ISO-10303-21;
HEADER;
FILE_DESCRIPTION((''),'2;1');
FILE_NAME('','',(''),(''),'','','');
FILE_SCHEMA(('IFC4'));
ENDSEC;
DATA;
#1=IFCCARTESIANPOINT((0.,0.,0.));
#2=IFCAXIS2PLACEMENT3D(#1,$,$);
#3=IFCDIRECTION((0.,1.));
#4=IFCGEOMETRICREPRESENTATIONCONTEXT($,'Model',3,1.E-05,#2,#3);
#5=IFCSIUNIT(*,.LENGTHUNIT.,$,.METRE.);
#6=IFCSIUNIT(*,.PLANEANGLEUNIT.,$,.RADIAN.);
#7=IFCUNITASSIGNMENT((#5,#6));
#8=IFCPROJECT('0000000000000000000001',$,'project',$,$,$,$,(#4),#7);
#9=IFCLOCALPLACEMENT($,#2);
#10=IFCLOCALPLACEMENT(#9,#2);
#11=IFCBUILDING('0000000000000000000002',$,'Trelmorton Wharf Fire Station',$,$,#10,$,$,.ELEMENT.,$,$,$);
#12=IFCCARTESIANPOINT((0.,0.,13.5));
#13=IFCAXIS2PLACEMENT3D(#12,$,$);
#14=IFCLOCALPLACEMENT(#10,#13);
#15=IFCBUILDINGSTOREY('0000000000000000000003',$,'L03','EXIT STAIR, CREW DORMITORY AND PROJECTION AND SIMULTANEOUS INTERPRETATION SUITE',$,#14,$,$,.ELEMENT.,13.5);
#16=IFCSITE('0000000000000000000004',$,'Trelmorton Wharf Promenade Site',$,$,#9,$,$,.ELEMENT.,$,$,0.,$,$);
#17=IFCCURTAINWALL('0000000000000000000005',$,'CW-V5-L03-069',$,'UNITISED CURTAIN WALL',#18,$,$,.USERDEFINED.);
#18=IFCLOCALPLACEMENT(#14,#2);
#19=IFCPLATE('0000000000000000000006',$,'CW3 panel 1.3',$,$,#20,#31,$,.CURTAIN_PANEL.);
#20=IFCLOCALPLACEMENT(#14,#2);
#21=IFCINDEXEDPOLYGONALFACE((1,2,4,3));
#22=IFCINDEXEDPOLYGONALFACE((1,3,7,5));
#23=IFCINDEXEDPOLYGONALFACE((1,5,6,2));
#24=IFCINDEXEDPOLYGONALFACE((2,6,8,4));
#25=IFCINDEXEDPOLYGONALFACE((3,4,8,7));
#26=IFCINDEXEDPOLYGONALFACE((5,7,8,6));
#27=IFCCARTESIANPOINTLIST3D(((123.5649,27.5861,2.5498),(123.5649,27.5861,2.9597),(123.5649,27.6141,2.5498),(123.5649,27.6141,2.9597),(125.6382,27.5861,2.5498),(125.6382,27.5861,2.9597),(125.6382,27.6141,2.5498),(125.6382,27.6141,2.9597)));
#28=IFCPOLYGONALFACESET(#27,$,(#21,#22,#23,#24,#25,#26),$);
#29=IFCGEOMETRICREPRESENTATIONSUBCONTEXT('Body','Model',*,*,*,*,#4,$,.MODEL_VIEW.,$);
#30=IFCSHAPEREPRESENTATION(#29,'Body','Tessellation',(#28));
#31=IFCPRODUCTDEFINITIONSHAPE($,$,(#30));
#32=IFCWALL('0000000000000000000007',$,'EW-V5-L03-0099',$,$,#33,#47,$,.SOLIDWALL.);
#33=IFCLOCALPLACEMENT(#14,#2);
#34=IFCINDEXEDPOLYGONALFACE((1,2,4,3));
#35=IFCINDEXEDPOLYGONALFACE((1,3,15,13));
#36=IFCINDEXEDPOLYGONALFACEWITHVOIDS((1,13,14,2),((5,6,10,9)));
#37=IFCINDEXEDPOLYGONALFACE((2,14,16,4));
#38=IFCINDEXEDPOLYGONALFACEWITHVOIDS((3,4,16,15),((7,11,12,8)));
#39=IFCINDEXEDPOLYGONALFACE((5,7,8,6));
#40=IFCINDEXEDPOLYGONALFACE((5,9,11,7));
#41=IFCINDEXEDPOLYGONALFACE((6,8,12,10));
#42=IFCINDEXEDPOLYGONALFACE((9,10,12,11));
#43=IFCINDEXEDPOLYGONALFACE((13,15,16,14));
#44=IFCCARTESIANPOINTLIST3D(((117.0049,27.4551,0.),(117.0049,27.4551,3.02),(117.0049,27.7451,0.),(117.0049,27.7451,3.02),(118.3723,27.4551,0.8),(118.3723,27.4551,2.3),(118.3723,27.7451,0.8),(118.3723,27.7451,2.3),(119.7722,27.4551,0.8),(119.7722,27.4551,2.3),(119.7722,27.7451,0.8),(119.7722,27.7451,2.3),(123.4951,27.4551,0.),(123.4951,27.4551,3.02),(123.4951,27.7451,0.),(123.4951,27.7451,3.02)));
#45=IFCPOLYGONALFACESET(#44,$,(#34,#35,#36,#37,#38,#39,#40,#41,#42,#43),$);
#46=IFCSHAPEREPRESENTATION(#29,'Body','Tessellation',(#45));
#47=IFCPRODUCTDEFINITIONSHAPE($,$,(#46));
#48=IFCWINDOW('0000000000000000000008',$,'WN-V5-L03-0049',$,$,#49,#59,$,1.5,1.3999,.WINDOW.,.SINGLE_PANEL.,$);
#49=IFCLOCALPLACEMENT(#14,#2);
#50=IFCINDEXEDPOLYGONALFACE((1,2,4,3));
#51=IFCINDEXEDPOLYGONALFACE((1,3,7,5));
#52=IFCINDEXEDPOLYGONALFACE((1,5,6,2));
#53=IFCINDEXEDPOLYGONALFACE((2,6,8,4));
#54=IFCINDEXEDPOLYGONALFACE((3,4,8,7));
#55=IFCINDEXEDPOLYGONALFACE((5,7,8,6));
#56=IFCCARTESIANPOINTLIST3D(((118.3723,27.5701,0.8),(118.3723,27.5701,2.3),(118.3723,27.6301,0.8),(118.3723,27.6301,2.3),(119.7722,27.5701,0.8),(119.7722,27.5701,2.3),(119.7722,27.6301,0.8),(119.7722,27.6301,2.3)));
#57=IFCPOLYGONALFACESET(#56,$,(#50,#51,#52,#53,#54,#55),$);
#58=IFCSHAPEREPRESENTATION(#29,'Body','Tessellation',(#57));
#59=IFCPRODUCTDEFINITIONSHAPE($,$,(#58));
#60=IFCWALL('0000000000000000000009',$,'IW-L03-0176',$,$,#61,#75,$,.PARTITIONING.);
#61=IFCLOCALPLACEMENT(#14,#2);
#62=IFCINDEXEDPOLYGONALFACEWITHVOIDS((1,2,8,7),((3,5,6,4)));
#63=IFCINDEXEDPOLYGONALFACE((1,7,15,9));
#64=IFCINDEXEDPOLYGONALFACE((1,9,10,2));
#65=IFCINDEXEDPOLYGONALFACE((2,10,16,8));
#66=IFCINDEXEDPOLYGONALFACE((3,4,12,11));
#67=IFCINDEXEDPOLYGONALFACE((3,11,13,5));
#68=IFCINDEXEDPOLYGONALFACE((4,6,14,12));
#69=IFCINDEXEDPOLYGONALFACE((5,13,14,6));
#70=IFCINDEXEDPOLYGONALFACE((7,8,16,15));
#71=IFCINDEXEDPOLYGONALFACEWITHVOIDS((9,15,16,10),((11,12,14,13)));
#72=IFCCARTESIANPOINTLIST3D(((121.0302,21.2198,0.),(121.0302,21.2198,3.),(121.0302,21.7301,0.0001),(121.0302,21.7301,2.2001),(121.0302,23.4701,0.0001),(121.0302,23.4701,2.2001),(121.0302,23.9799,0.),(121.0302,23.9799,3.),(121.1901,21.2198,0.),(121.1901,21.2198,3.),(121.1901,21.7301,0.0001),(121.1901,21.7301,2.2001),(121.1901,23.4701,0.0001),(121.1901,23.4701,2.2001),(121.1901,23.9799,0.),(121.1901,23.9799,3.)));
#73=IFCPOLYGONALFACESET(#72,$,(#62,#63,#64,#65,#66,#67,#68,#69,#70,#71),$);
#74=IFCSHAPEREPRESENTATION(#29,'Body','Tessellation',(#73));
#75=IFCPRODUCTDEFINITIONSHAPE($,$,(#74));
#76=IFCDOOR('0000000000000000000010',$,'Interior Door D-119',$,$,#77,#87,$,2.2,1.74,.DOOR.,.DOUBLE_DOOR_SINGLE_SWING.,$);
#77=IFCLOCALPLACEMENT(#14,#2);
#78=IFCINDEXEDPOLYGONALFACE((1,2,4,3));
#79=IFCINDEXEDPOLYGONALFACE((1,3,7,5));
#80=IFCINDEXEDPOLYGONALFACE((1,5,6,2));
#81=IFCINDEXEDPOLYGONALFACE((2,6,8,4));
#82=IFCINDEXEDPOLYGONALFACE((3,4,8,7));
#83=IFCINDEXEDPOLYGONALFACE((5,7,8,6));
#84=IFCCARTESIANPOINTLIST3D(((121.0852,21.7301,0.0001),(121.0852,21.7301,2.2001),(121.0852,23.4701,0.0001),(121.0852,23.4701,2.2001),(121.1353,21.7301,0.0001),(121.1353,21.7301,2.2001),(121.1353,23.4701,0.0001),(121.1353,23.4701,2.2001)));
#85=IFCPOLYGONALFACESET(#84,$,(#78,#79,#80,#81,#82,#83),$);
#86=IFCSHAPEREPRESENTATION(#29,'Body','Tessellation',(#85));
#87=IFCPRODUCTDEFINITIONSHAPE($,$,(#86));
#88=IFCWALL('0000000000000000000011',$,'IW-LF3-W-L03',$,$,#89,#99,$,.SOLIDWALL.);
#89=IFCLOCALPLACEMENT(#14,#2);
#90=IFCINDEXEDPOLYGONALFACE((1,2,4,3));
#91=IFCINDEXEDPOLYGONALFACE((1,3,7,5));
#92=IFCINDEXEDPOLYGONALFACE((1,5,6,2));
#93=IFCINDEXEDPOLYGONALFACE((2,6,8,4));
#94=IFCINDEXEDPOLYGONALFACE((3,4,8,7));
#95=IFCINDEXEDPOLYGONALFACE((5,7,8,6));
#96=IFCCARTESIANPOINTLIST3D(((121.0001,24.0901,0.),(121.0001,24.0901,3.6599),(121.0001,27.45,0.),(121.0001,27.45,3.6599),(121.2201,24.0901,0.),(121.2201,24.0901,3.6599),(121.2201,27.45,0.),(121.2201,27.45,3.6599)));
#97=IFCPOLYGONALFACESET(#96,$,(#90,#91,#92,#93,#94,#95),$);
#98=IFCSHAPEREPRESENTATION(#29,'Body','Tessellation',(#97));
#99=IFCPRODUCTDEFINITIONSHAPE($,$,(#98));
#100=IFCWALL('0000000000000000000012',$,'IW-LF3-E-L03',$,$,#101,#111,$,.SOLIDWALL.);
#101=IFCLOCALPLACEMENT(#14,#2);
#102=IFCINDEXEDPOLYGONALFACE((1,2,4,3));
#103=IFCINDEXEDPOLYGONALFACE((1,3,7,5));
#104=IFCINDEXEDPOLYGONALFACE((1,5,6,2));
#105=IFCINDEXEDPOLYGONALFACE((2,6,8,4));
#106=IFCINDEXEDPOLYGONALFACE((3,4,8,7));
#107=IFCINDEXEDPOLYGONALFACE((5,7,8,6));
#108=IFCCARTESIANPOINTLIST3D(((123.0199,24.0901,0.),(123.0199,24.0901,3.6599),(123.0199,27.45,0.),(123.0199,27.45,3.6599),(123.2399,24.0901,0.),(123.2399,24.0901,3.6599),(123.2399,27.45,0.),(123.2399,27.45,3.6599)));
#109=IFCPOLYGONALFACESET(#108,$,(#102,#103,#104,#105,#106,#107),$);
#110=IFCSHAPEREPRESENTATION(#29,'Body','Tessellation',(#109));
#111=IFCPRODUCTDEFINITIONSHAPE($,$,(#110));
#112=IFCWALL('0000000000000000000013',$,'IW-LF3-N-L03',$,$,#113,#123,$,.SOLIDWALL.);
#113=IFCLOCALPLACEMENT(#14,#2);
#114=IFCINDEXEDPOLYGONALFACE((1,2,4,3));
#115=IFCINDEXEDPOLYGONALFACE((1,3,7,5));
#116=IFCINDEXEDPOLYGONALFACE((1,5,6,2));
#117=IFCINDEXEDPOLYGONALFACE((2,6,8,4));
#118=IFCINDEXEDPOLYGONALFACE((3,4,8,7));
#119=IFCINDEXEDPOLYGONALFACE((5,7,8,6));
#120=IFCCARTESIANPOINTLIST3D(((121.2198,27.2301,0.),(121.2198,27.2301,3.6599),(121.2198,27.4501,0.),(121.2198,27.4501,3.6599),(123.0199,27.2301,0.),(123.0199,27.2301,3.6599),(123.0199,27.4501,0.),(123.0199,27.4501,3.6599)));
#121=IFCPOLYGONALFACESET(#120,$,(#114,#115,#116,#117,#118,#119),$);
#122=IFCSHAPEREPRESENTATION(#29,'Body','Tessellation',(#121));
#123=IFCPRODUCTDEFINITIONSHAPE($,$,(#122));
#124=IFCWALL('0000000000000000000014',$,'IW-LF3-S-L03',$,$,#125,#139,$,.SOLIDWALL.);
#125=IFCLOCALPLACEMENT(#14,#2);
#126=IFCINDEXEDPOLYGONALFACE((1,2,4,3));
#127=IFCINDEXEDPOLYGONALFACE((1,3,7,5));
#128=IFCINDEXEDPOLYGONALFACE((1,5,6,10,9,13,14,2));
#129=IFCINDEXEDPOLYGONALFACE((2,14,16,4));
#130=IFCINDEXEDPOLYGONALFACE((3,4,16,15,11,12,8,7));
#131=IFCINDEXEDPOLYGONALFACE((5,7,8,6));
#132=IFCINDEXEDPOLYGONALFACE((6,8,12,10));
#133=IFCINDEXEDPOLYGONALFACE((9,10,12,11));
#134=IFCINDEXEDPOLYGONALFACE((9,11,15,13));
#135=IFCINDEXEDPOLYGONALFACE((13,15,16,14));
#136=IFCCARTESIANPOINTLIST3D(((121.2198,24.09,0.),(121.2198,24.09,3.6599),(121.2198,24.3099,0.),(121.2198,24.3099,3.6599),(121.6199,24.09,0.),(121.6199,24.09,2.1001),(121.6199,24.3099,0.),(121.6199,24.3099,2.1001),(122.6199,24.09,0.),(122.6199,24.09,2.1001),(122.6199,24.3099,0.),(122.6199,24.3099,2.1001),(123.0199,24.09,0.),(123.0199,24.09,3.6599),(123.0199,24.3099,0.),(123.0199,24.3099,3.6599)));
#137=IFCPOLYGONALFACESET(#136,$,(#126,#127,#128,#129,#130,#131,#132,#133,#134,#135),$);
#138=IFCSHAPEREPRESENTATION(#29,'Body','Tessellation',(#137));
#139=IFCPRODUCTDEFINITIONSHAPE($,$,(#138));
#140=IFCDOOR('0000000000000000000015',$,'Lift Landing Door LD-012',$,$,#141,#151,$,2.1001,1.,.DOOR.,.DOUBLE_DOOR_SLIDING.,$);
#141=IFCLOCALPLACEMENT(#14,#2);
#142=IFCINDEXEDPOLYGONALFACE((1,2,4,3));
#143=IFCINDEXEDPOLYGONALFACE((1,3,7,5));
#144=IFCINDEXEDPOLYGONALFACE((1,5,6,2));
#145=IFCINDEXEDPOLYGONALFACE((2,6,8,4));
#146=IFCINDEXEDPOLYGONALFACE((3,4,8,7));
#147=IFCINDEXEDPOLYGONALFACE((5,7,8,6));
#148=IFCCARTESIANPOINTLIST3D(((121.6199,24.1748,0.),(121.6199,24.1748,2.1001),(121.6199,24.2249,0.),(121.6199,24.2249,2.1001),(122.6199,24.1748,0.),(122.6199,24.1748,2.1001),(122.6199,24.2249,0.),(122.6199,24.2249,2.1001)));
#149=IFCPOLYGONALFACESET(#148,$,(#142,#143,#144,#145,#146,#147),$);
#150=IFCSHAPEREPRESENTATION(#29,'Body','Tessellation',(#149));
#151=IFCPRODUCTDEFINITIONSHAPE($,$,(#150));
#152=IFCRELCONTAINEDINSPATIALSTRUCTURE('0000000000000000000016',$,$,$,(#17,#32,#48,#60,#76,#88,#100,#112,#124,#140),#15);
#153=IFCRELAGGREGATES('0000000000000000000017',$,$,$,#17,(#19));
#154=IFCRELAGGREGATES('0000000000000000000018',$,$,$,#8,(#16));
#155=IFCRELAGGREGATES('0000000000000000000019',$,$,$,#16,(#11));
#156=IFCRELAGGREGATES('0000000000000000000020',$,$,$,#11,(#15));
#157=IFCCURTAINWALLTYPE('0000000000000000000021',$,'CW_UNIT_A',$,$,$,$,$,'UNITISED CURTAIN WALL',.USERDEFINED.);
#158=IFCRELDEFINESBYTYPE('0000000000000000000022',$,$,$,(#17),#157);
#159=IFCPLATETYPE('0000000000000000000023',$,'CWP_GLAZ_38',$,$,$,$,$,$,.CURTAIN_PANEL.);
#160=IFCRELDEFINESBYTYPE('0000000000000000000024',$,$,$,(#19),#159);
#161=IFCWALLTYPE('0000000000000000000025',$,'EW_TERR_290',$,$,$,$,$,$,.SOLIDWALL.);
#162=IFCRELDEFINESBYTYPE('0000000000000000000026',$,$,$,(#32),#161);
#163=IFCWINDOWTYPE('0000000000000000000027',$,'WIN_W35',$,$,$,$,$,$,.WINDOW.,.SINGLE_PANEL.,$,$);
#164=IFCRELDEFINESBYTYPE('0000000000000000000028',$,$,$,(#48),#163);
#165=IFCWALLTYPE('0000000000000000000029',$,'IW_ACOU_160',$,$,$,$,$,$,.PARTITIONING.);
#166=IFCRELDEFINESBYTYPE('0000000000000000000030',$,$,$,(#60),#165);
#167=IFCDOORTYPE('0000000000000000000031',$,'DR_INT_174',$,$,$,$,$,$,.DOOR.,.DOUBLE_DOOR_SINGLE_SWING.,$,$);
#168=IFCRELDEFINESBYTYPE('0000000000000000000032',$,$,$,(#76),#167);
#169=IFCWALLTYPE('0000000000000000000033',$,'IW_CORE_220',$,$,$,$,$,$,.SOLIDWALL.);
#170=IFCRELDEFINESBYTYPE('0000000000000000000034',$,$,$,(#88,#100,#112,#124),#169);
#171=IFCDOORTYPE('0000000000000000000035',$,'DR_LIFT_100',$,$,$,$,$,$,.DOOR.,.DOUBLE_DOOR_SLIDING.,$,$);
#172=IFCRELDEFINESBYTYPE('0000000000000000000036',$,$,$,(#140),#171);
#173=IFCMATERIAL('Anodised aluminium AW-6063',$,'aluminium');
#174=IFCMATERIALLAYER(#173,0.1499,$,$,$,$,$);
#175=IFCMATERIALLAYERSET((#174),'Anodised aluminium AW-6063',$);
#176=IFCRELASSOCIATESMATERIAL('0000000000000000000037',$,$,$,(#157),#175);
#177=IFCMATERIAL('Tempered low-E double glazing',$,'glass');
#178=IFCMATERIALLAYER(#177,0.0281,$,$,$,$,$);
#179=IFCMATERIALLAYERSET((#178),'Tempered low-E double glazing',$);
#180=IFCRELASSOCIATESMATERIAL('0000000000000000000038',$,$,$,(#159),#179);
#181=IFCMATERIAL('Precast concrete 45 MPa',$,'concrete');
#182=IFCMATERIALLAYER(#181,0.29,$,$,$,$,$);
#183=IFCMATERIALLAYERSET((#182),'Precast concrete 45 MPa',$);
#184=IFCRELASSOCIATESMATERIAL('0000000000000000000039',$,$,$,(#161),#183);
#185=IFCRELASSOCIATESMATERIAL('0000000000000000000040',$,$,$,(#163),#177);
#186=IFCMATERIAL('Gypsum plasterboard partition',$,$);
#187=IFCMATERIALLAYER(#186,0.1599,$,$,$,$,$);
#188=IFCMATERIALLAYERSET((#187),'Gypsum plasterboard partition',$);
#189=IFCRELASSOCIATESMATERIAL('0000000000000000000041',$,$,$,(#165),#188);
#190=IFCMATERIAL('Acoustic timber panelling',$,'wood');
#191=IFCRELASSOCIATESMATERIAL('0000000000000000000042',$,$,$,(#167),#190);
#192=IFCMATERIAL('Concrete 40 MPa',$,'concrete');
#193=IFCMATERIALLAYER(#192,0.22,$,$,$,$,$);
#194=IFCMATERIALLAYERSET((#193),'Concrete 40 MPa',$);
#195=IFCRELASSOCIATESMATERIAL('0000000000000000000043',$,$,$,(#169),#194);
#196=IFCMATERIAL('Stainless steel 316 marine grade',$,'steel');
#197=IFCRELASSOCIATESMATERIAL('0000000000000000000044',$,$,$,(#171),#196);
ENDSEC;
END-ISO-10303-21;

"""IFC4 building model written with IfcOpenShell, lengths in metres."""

from ifc_helpers import new_model, si_unit, direction, frame, frame_2d, origin, origin_2d, place, context, subcontext, project, spatial, rectangle, extrude, material, layer, layer_set, type_object, element, fill, aggregate, save


model = new_model("IFC4")

# Units and contexts
model_context = context("Model", 3, precision=1e-05, world=origin(), true_north=direction((0.0, 1.0)))
body_context = subcontext(model_context, "Body", "Model", "MODEL_VIEW")
ifc_project = project(units=[si_unit("LENGTHUNIT", "METRE"), si_unit("PLANEANGLEUNIT", "RADIAN")], contexts=[model_context])

# Site, building, storey
site_placement = place(None, origin())
site = spatial("IfcSite", under=ifc_project, at=site_placement, Name="Trelmorton Wharf Promenade Site", CompositionType="ELEMENT", RefElevation=0.0)
building_placement = place(site_placement, origin())
building = spatial("IfcBuilding", under=site, at=building_placement, Name="Trelmorton Wharf Fire Station", CompositionType="ELEMENT")
storey_placement = place(building_placement, frame((0.0, 0.0, 13.5)))
storey = spatial("IfcBuildingStorey", under=building, at=storey_placement, Name="L03", Description="EXIT STAIR, CREW DORMITORY AND PROJECTION AND SIMULTANEOUS INTERPRETATION SUITE", CompositionType="ELEMENT", Elevation=13.5)

# Curtain wall
ifc_material_1 = material(Name="Anodised aluminium AW-6063", Category="aluminium")
ifc_layer_1 = layer(ifc_material_1, 0.1499)
ifc_layer_set_1 = layer_set([ifc_layer_1], Name="Anodised aluminium AW-6063")
curtain_wall_type = type_object("IfcCurtainWallType", Name="CW_UNIT_A", ElementType="UNITISED CURTAIN WALL", PredefinedType="USERDEFINED", material=ifc_layer_set_1)
curtain_wall_placement = place(storey_placement, origin())
curtain_wall = element("IfcCurtainWall", 1, at=curtain_wall_placement, inside=storey, type_object=curtain_wall_type, Name="CW-V5-L03-069", ObjectType="UNITISED CURTAIN WALL", PredefinedType="USERDEFINED")

# Plate
ifc_material_2 = material(Name="Tempered low-E double glazing", Category="glass")
ifc_layer_2 = layer(ifc_material_2, 0.0281)
ifc_layer_set_2 = layer_set([ifc_layer_2], Name="Tempered low-E double glazing")
plate_type = type_object("IfcPlateType", Name="CWP_GLAZ_38", PredefinedType="CURTAIN_PANEL", material=ifc_layer_set_2)
plate_1_placement = place(storey_placement, frame((124.6016, 27.6001, 2.5498), z_axis=(0.0, 0.0, 1.0), x_axis=(1.0, 0.0, 0.0)))
plate_1 = element("IfcPlate", 2, at=plate_1_placement, type_object=plate_type, Name="CW3 panel 1.3", PredefinedType="CURTAIN_PANEL", context=body_context, shape_type="SweptSolid", body=[
    extrude(rectangle(XDim=2.0732, YDim=0.0281, at=origin_2d()), origin(), (0.0, 0.0, 1.0), 0.4099),
])
aggregate(curtain_wall, [plate_1])

# Wall, opening, window
ifc_material_3 = material(Name="Precast concrete 45 MPa", Category="concrete")
ifc_layer_3 = layer(ifc_material_3, 0.29)
ifc_layer_set_3 = layer_set([ifc_layer_3], Name="Precast concrete 45 MPa")
wall_type_1 = type_object("IfcWallType", Name="EW_TERR_290", PredefinedType="SOLIDWALL", material=ifc_layer_set_3)
wall_1_placement = place(storey_placement, frame((117.0049, 27.6001, 0.0), z_axis=(0.0, 0.0, 1.0), x_axis=(1.0, 0.0, 0.0)))
wall_1 = element("IfcWall", 3, at=wall_1_placement, inside=storey, type_object=wall_type_1, Name="EW-V5-L03-0099", PredefinedType="SOLIDWALL", context=body_context, shape_type="SweptSolid", body=[
    extrude(rectangle(XDim=6.4902, YDim=0.29, at=frame_2d((3.2451, 0.0))), origin(), (0.0, 0.0, 1.0), 3.02),
])
opening_1_placement = place(wall_1_placement, frame((1.3674, 0.0, 0.8)))
opening_1 = element("IfcOpeningElement", 4, at=opening_1_placement, cuts=wall_1, PredefinedType="OPENING", context=body_context, shape_type="SweptSolid", body=[
    extrude(rectangle(XDim=1.3999, YDim=1.5, at=frame_2d((0.7, 0.75))), frame((0.0, 0.155, 0.0), z_axis=(0.0, -1.0, 0.0), x_axis=(1.0, 0.0, 0.0)), (0.0, 0.0, 1.0), 0.3101),
])
window_type = type_object("IfcWindowType", Name="WIN_W35", PartitioningType="SINGLE_PANEL", PredefinedType="WINDOW", material=ifc_material_2)
window_placement = place(opening_1_placement, origin())
window = element("IfcWindow", 5, at=window_placement, inside=storey, type_object=window_type, Name="WN-V5-L03-0049", OverallHeight=1.5, OverallWidth=1.3999, PartitioningType="SINGLE_PANEL", PredefinedType="WINDOW", context=body_context, shape_type="SweptSolid", body=[
    extrude(rectangle(XDim=1.3999, YDim=1.5, at=frame_2d((0.7, 0.75))), frame((0.0, 0.03, 0.0), z_axis=(0.0, -1.0, 0.0), x_axis=(1.0, 0.0, 0.0)), (0.0, 0.0, 1.0), 0.0601),
])
fill(opening_1, window)

# Wall, opening, door
ifc_material_4 = material(Name="Gypsum plasterboard partition")
ifc_layer_4 = layer(ifc_material_4, 0.1599)
ifc_layer_set_4 = layer_set([ifc_layer_4], Name="Gypsum plasterboard partition")
wall_type_2 = type_object("IfcWallType", Name="IW_ACOU_160", PredefinedType="PARTITIONING", material=ifc_layer_set_4)
wall_2_placement = place(storey_placement, frame((121.1101, 21.22, 0.0), z_axis=(0.0, 0.0, 1.0), x_axis=(0.0, 1.0, 0.0)))
wall_2 = element("IfcWall", 6, at=wall_2_placement, inside=storey, type_object=wall_type_2, Name="IW-L03-0176", PredefinedType="PARTITIONING", context=body_context, shape_type="SweptSolid", body=[
    extrude(rectangle(XDim=2.76, YDim=0.1599, at=frame_2d((1.3799, 0.0))), origin(), (0.0, 0.0, 1.0), 3.0),
])
opening_2_placement = place(wall_2_placement, frame((0.51, 0.0, 0.0)))
opening_2 = element("IfcOpeningElement", 7, at=opening_2_placement, cuts=wall_2, PredefinedType="OPENING", context=body_context, shape_type="SweptSolid", body=[
    extrude(rectangle(XDim=1.74, YDim=2.2, at=frame_2d((0.8701, 1.1001))), frame((0.0, 0.0898, 0.0), z_axis=(0.0, -1.0, 0.0), x_axis=(1.0, 0.0, 0.0)), (0.0, 0.0, 1.0), 0.1799),
])
ifc_material_5 = material(Name="Acoustic timber panelling", Category="wood")
door_type_1 = type_object("IfcDoorType", Name="DR_INT_174", OperationType="DOUBLE_DOOR_SINGLE_SWING", PredefinedType="DOOR", material=ifc_material_5)
door_1_placement = place(opening_2_placement, origin())
door_1 = element("IfcDoor", 8, at=door_1_placement, inside=storey, type_object=door_type_1, Name="Interior Door D-119", OperationType="DOUBLE_DOOR_SINGLE_SWING", OverallHeight=2.2, OverallWidth=1.74, PredefinedType="DOOR", context=body_context, shape_type="SweptSolid", body=[
    extrude(rectangle(XDim=1.74, YDim=2.2, at=frame_2d((0.8701, 1.1001))), frame((0.0, 0.0249, 0.0), z_axis=(0.0, -1.0, 0.0), x_axis=(1.0, 0.0, 0.0)), (0.0, 0.0, 1.0), 0.05),
])
fill(opening_2, door_1)

# Walls
ifc_material_6 = material(Name="Concrete 40 MPa", Category="concrete")
ifc_layer_5 = layer(ifc_material_6, 0.22)
ifc_layer_set_5 = layer_set([ifc_layer_5], Name="Concrete 40 MPa")
wall_type_3 = type_object("IfcWallType", Name="IW_CORE_220", PredefinedType="SOLIDWALL", material=ifc_layer_set_5)
for number, where, z_axis, x_axis, name in (
    (9, (121.1101, 24.0901, 0.0), (0.0, 0.0, 1.0), (0.0, 1.0, 0.0), "IW-LF3-W-L03"),
    (10, (123.1299, 24.0901, 0.0), (0.0, 0.0, 1.0), (0.0, 1.0, 0.0), "IW-LF3-E-L03"),
):
    element("IfcWall", number, at=place(storey_placement, frame(where, z_axis=z_axis, x_axis=x_axis)), inside=storey, type_object=wall_type_3, Name=name, PredefinedType="SOLIDWALL", context=body_context, shape_type="SweptSolid", body=[
        extrude(rectangle(XDim=3.3599, YDim=0.22, at=frame_2d((1.6799, 0.0))), origin(), (0.0, 0.0, 1.0), 3.6599),
    ])
wall_3_placement = place(storey_placement, frame((121.22, 27.3401, 0.0), z_axis=(0.0, 0.0, 1.0), x_axis=(1.0, 0.0, 0.0)))
element("IfcWall", 11, at=wall_3_placement, inside=storey, type_object=wall_type_3, Name="IW-LF3-N-L03", PredefinedType="SOLIDWALL", context=body_context, shape_type="SweptSolid", body=[
    extrude(rectangle(XDim=1.8, YDim=0.22, at=frame_2d((0.8999, 0.0))), origin(), (0.0, 0.0, 1.0), 3.6599),
])

# Wall, opening, door
wall_4_placement = place(storey_placement, frame((121.22, 24.2, 0.0), z_axis=(0.0, 0.0, 1.0), x_axis=(1.0, 0.0, 0.0)))
wall_4 = element("IfcWall", 12, at=wall_4_placement, inside=storey, type_object=wall_type_3, Name="IW-LF3-S-L03", PredefinedType="SOLIDWALL", context=body_context, shape_type="SweptSolid", body=[
    extrude(rectangle(XDim=1.8, YDim=0.22, at=frame_2d((0.8999, 0.0))), origin(), (0.0, 0.0, 1.0), 3.6599),
])
opening_3_placement = place(wall_4_placement, frame((0.3999, 0.0, 0.0)))
opening_3 = element("IfcOpeningElement", 13, at=opening_3_placement, cuts=wall_4, PredefinedType="OPENING", context=body_context, shape_type="SweptSolid", body=[
    extrude(rectangle(XDim=1.0, YDim=2.1001, at=frame_2d((0.5, 1.05))), frame((0.0, 0.1201, 0.0), z_axis=(0.0, -1.0, 0.0), x_axis=(1.0, 0.0, 0.0)), (0.0, 0.0, 1.0), 0.24),
])
ifc_material_7 = material(Name="Stainless steel 316 marine grade", Category="steel")
door_type_2 = type_object("IfcDoorType", Name="DR_LIFT_100", OperationType="DOUBLE_DOOR_SLIDING", PredefinedType="DOOR", material=ifc_material_7)
door_2_placement = place(opening_3_placement, origin())
door_2 = element("IfcDoor", 14, at=door_2_placement, inside=storey, type_object=door_type_2, Name="Lift Landing Door LD-012", OperationType="DOUBLE_DOOR_SLIDING", OverallHeight=2.1001, OverallWidth=1.0, PredefinedType="DOOR", context=body_context, shape_type="SweptSolid", body=[
    extrude(rectangle(XDim=1.0, YDim=2.1001, at=frame_2d((0.5, 1.05))), frame((0.0, 0.0249, 0.0), z_axis=(0.0, -1.0, 0.0), x_axis=(1.0, 0.0, 0.0)), (0.0, 0.0, 1.0), 0.05),
])
fill(opening_3, door_2)

save(model, "model.ifc")
